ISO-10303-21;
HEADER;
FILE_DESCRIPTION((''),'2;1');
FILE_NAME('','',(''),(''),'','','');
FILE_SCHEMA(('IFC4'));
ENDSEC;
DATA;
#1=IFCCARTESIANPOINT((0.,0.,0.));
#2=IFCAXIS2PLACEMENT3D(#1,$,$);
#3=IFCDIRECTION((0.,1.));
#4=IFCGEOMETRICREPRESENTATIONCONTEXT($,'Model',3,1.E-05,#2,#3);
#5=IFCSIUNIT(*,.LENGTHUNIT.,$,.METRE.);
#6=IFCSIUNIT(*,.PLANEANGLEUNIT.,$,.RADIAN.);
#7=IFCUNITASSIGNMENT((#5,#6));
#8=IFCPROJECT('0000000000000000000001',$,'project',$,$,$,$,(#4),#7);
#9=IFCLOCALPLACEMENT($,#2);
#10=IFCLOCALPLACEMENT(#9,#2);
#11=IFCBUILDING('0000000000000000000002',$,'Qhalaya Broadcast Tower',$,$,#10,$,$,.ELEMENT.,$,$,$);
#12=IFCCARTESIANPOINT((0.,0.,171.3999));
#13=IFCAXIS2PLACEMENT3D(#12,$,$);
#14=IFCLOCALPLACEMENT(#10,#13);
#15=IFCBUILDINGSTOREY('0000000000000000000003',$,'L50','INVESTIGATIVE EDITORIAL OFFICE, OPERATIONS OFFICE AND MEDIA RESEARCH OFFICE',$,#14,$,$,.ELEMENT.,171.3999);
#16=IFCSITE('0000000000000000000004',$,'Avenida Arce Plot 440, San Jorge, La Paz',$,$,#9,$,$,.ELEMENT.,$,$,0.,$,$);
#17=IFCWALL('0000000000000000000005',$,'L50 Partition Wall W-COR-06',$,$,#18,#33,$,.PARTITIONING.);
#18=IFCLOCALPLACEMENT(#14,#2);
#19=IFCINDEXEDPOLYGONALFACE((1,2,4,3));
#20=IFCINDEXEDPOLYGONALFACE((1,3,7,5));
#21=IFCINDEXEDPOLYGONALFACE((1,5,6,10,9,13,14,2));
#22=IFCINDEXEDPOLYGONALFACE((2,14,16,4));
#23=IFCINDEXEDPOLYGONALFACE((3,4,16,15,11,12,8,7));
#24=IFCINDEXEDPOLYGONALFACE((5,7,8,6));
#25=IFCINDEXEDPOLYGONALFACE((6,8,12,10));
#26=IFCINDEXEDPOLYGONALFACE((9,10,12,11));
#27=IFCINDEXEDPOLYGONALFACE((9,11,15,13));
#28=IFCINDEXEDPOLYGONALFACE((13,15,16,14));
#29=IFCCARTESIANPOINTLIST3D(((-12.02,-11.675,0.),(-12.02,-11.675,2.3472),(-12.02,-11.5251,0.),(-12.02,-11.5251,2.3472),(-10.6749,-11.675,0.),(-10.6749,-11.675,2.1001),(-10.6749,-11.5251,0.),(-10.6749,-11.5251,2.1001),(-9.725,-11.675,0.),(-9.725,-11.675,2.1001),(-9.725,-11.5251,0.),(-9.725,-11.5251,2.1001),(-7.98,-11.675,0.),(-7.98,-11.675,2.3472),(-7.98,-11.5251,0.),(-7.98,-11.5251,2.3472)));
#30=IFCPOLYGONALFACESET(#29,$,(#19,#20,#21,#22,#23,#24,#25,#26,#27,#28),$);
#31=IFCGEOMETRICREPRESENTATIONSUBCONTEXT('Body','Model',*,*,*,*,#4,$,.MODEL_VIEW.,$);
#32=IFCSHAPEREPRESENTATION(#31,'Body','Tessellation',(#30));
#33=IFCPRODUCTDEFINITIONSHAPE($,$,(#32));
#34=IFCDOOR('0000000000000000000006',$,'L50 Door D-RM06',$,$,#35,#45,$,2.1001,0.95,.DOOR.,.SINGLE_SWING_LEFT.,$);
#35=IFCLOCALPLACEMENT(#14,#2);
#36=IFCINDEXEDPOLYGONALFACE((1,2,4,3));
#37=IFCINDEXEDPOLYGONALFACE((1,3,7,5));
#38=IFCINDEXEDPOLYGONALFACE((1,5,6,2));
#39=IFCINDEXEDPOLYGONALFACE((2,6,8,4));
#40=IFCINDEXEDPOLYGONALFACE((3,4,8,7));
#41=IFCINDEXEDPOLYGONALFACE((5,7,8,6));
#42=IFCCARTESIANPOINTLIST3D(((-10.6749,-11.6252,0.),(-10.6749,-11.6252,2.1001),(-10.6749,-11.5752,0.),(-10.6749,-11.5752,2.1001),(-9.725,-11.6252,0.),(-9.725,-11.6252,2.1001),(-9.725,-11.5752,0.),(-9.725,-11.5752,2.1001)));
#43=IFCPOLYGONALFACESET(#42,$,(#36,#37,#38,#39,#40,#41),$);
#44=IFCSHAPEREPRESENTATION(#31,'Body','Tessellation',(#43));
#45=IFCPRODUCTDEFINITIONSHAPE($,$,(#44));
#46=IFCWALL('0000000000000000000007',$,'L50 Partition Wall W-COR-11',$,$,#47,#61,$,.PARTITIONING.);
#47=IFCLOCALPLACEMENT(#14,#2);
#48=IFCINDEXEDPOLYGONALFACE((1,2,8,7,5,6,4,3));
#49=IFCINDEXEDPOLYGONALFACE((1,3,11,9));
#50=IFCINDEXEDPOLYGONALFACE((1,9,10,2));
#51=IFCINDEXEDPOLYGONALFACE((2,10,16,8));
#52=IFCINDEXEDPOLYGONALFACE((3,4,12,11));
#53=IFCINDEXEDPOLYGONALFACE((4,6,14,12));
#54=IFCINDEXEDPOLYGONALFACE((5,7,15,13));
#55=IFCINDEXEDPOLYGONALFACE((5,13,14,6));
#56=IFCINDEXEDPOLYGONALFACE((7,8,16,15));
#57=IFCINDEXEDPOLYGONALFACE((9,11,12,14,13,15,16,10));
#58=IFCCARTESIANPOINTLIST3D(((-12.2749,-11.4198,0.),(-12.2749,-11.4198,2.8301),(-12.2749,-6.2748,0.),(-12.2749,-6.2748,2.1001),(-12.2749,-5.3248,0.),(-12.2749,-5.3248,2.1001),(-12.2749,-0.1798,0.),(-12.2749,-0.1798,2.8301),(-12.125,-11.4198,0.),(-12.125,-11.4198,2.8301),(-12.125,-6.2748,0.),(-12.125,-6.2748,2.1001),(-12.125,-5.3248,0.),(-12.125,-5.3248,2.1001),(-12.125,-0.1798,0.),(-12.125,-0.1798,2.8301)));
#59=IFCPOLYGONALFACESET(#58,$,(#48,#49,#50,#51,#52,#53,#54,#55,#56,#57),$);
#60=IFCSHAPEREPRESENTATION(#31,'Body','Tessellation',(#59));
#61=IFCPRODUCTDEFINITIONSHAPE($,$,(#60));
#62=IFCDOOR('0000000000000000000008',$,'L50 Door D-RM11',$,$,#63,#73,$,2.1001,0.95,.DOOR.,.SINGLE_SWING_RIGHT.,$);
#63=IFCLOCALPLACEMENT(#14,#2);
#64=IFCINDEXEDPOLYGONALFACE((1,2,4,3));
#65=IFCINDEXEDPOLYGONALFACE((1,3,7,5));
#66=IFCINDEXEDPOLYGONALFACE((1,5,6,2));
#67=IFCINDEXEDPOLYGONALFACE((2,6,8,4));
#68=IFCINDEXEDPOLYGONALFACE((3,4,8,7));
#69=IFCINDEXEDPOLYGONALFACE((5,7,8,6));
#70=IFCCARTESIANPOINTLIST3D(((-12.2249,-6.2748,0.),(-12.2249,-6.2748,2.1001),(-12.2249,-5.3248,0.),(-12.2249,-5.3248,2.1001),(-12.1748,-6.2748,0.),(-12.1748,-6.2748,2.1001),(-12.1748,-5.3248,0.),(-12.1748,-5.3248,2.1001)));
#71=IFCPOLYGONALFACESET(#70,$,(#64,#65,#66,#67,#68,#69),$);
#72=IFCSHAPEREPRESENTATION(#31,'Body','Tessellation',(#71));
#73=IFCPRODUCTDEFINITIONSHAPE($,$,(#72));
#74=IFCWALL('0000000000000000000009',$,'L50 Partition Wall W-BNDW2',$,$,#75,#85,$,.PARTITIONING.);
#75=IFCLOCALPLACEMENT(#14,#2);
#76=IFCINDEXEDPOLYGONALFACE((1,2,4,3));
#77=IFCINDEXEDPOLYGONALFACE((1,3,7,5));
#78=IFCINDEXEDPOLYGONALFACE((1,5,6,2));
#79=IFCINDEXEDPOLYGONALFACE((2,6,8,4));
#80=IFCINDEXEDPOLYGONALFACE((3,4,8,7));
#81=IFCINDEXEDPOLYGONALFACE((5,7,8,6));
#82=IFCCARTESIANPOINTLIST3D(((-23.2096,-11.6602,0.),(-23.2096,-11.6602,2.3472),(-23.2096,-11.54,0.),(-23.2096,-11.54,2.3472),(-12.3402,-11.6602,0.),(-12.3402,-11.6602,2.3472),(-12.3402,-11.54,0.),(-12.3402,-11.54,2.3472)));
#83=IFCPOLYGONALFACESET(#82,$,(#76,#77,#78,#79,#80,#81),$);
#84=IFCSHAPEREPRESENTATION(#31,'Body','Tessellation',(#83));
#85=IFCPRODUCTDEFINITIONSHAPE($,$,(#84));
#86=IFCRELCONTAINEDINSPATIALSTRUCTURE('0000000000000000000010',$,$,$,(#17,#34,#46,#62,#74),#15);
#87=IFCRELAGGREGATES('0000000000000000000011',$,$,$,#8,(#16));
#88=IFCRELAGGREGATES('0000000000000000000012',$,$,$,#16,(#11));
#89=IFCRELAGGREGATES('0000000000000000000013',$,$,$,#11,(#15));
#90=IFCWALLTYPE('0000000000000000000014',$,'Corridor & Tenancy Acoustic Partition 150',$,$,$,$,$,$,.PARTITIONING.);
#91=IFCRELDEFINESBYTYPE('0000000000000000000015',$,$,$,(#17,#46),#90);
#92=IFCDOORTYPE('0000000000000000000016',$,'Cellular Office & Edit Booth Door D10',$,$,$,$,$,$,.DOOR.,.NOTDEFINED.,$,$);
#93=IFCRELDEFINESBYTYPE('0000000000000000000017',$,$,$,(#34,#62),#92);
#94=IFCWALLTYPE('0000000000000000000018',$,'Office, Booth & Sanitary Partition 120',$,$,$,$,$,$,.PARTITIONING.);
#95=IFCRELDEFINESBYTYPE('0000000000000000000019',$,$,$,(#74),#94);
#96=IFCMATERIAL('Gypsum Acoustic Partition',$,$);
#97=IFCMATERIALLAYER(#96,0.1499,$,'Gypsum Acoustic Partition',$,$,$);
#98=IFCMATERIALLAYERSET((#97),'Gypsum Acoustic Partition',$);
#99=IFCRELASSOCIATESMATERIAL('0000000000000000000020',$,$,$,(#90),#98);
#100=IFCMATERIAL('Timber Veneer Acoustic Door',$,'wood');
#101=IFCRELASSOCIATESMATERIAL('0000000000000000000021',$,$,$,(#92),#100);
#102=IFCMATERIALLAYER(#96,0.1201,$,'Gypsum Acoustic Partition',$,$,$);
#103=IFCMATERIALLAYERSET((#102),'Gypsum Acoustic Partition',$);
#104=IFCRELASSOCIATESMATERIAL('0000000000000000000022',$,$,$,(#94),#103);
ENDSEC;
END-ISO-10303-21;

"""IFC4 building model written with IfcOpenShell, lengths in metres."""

from ifc_helpers import new_model, si_unit, direction, frame, frame_2d, origin, place, context, subcontext, project, spatial, rectangle, extrude, material, layer, layer_set, type_object, element, fill, save


model = new_model("IFC4")

# Units and contexts
model_context = context("Model", 3, precision=1e-05, world=origin(), true_north=direction((0.0, 1.0)))
body_context = subcontext(model_context, "Body", "Model", "MODEL_VIEW")
ifc_project = project(units=[si_unit("LENGTHUNIT", "METRE"), si_unit("PLANEANGLEUNIT", "RADIAN")], contexts=[model_context])

# Site, building, storey
site_placement = place(None, origin())
site = spatial("IfcSite", under=ifc_project, at=site_placement, Name="Avenida Arce Plot 440, San Jorge, La Paz", CompositionType="ELEMENT", RefElevation=0.0)
building_placement = place(site_placement, origin())
building = spatial("IfcBuilding", under=site, at=building_placement, Name="Qhalaya Broadcast Tower", CompositionType="ELEMENT")
storey_placement = place(building_placement, frame((0.0, 0.0, 171.3999)))
storey = spatial("IfcBuildingStorey", under=building, at=storey_placement, Name="L50", Description="INVESTIGATIVE EDITORIAL OFFICE, OPERATIONS OFFICE AND MEDIA RESEARCH OFFICE", CompositionType="ELEMENT", Elevation=171.3999)

# Walls, openings, doors
ifc_material_1 = material(Name="Gypsum Acoustic Partition")
ifc_layer_1 = layer(ifc_material_1, 0.1499, Name="Gypsum Acoustic Partition")
ifc_layer_set_1 = layer_set([ifc_layer_1], Name="Gypsum Acoustic Partition")
wall_type_1 = type_object("IfcWallType", Name="Corridor & Tenancy Acoustic Partition 150", PredefinedType="PARTITIONING", material=ifc_layer_set_1)
wall_1_placement = place(storey_placement, frame((-12.02, -11.6001, 0.0), z_axis=(0.0, 0.0, 1.0), x_axis=(1.0, 0.0, 0.0)))
wall_1 = element("IfcWall", 1, at=wall_1_placement, inside=storey, type_object=wall_type_1, Name="L50 Partition Wall W-COR-06", PredefinedType="PARTITIONING", context=body_context, shape_type="SweptSolid", body=[
    extrude(rectangle(XDim=4.04, YDim=0.1499, at=frame_2d((2.02, 0.0))), origin(), (0.0, 0.0, 1.0), 2.3472),
])
opening_1_placement = place(wall_1_placement, frame((1.345, 0.0, 0.0)))
opening_1 = element("IfcOpeningElement", 2, at=opening_1_placement, cuts=wall_1, PredefinedType="OPENING", context=body_context, shape_type="SweptSolid", body=[
    extrude(rectangle(XDim=0.95, YDim=2.1001, at=frame_2d((0.4751, 1.05))), frame((0.0, 0.0869, 0.0), z_axis=(0.0, -1.0, 0.0), x_axis=(1.0, 0.0, 0.0)), (0.0, 0.0, 1.0), 0.1738),
])
ifc_material_2 = material(Name="Timber Veneer Acoustic Door", Category="wood")
door_type = type_object("IfcDoorType", Name="Cellular Office & Edit Booth Door D10", OperationType="NOTDEFINED", PredefinedType="DOOR", material=ifc_material_2)
door_1_placement = place(opening_1_placement, origin())
door_1 = element("IfcDoor", 3, at=door_1_placement, inside=storey, type_object=door_type, Name="L50 Door D-RM06", OperationType="SINGLE_SWING_LEFT", OverallHeight=2.1001, OverallWidth=0.95, PredefinedType="DOOR", context=body_context, shape_type="SweptSolid", body=[
    extrude(rectangle(XDim=0.95, YDim=2.1001, at=frame_2d((0.4751, 1.05))), frame((0.0, 0.0249, 0.0), z_axis=(0.0, -1.0, 0.0), x_axis=(1.0, 0.0, 0.0)), (0.0, 0.0, 1.0), 0.05),
])
fill(opening_1, door_1)
wall_2_placement = place(storey_placement, frame((-12.2, -11.4199, 0.0), z_axis=(0.0, 0.0, 1.0), x_axis=(0.0, 1.0, 0.0)))
wall_2 = element("IfcWall", 4, at=wall_2_placement, inside=storey, type_object=wall_type_1, Name="L50 Partition Wall W-COR-11", PredefinedType="PARTITIONING", context=body_context, shape_type="SweptSolid", body=[
    extrude(rectangle(XDim=11.24, YDim=0.1499, at=frame_2d((5.6201, 0.0))), origin(), (0.0, 0.0, 1.0), 2.8301),
])
opening_2_placement = place(wall_2_placement, frame((5.145, 0.0, 0.0)))
opening_2 = element("IfcOpeningElement", 5, at=opening_2_placement, cuts=wall_2, PredefinedType="OPENING", context=body_context, shape_type="SweptSolid", body=[
    extrude(rectangle(XDim=0.95, YDim=2.1001, at=frame_2d((0.4751, 1.05))), frame((0.0, 0.0869, 0.0), z_axis=(0.0, -1.0, 0.0), x_axis=(1.0, 0.0, 0.0)), (0.0, 0.0, 1.0), 0.1738),
])
door_2_placement = place(opening_2_placement, origin())
door_2 = element("IfcDoor", 6, at=door_2_placement, inside=storey, type_object=door_type, Name="L50 Door D-RM11", OperationType="SINGLE_SWING_RIGHT", OverallHeight=2.1001, OverallWidth=0.95, PredefinedType="DOOR", context=body_context, shape_type="SweptSolid", body=[
    extrude(rectangle(XDim=0.95, YDim=2.1001, at=frame_2d((0.4751, 1.05))), frame((0.0, 0.0249, 0.0), z_axis=(0.0, -1.0, 0.0), x_axis=(1.0, 0.0, 0.0)), (0.0, 0.0, 1.0), 0.05),
])
fill(opening_2, door_2)

# Wall
ifc_layer_2 = layer(ifc_material_1, 0.1201, Name="Gypsum Acoustic Partition")
ifc_layer_set_2 = layer_set([ifc_layer_2], Name="Gypsum Acoustic Partition")
wall_type_2 = type_object("IfcWallType", Name="Office, Booth & Sanitary Partition 120", PredefinedType="PARTITIONING", material=ifc_layer_set_2)
wall_3_placement = place(storey_placement, frame((-23.2095, -11.6001, 0.0), z_axis=(0.0, 0.0, 1.0), x_axis=(1.0, 0.0, 0.0)))
element("IfcWall", 7, at=wall_3_placement, inside=storey, type_object=wall_type_2, Name="L50 Partition Wall W-BNDW2", PredefinedType="PARTITIONING", context=body_context, shape_type="SweptSolid", body=[
    extrude(rectangle(XDim=10.8694, YDim=0.1201, at=frame_2d((5.4346, 0.0))), origin(), (0.0, 0.0, 1.0), 2.3472),
])

save(model, "model.ifc")
